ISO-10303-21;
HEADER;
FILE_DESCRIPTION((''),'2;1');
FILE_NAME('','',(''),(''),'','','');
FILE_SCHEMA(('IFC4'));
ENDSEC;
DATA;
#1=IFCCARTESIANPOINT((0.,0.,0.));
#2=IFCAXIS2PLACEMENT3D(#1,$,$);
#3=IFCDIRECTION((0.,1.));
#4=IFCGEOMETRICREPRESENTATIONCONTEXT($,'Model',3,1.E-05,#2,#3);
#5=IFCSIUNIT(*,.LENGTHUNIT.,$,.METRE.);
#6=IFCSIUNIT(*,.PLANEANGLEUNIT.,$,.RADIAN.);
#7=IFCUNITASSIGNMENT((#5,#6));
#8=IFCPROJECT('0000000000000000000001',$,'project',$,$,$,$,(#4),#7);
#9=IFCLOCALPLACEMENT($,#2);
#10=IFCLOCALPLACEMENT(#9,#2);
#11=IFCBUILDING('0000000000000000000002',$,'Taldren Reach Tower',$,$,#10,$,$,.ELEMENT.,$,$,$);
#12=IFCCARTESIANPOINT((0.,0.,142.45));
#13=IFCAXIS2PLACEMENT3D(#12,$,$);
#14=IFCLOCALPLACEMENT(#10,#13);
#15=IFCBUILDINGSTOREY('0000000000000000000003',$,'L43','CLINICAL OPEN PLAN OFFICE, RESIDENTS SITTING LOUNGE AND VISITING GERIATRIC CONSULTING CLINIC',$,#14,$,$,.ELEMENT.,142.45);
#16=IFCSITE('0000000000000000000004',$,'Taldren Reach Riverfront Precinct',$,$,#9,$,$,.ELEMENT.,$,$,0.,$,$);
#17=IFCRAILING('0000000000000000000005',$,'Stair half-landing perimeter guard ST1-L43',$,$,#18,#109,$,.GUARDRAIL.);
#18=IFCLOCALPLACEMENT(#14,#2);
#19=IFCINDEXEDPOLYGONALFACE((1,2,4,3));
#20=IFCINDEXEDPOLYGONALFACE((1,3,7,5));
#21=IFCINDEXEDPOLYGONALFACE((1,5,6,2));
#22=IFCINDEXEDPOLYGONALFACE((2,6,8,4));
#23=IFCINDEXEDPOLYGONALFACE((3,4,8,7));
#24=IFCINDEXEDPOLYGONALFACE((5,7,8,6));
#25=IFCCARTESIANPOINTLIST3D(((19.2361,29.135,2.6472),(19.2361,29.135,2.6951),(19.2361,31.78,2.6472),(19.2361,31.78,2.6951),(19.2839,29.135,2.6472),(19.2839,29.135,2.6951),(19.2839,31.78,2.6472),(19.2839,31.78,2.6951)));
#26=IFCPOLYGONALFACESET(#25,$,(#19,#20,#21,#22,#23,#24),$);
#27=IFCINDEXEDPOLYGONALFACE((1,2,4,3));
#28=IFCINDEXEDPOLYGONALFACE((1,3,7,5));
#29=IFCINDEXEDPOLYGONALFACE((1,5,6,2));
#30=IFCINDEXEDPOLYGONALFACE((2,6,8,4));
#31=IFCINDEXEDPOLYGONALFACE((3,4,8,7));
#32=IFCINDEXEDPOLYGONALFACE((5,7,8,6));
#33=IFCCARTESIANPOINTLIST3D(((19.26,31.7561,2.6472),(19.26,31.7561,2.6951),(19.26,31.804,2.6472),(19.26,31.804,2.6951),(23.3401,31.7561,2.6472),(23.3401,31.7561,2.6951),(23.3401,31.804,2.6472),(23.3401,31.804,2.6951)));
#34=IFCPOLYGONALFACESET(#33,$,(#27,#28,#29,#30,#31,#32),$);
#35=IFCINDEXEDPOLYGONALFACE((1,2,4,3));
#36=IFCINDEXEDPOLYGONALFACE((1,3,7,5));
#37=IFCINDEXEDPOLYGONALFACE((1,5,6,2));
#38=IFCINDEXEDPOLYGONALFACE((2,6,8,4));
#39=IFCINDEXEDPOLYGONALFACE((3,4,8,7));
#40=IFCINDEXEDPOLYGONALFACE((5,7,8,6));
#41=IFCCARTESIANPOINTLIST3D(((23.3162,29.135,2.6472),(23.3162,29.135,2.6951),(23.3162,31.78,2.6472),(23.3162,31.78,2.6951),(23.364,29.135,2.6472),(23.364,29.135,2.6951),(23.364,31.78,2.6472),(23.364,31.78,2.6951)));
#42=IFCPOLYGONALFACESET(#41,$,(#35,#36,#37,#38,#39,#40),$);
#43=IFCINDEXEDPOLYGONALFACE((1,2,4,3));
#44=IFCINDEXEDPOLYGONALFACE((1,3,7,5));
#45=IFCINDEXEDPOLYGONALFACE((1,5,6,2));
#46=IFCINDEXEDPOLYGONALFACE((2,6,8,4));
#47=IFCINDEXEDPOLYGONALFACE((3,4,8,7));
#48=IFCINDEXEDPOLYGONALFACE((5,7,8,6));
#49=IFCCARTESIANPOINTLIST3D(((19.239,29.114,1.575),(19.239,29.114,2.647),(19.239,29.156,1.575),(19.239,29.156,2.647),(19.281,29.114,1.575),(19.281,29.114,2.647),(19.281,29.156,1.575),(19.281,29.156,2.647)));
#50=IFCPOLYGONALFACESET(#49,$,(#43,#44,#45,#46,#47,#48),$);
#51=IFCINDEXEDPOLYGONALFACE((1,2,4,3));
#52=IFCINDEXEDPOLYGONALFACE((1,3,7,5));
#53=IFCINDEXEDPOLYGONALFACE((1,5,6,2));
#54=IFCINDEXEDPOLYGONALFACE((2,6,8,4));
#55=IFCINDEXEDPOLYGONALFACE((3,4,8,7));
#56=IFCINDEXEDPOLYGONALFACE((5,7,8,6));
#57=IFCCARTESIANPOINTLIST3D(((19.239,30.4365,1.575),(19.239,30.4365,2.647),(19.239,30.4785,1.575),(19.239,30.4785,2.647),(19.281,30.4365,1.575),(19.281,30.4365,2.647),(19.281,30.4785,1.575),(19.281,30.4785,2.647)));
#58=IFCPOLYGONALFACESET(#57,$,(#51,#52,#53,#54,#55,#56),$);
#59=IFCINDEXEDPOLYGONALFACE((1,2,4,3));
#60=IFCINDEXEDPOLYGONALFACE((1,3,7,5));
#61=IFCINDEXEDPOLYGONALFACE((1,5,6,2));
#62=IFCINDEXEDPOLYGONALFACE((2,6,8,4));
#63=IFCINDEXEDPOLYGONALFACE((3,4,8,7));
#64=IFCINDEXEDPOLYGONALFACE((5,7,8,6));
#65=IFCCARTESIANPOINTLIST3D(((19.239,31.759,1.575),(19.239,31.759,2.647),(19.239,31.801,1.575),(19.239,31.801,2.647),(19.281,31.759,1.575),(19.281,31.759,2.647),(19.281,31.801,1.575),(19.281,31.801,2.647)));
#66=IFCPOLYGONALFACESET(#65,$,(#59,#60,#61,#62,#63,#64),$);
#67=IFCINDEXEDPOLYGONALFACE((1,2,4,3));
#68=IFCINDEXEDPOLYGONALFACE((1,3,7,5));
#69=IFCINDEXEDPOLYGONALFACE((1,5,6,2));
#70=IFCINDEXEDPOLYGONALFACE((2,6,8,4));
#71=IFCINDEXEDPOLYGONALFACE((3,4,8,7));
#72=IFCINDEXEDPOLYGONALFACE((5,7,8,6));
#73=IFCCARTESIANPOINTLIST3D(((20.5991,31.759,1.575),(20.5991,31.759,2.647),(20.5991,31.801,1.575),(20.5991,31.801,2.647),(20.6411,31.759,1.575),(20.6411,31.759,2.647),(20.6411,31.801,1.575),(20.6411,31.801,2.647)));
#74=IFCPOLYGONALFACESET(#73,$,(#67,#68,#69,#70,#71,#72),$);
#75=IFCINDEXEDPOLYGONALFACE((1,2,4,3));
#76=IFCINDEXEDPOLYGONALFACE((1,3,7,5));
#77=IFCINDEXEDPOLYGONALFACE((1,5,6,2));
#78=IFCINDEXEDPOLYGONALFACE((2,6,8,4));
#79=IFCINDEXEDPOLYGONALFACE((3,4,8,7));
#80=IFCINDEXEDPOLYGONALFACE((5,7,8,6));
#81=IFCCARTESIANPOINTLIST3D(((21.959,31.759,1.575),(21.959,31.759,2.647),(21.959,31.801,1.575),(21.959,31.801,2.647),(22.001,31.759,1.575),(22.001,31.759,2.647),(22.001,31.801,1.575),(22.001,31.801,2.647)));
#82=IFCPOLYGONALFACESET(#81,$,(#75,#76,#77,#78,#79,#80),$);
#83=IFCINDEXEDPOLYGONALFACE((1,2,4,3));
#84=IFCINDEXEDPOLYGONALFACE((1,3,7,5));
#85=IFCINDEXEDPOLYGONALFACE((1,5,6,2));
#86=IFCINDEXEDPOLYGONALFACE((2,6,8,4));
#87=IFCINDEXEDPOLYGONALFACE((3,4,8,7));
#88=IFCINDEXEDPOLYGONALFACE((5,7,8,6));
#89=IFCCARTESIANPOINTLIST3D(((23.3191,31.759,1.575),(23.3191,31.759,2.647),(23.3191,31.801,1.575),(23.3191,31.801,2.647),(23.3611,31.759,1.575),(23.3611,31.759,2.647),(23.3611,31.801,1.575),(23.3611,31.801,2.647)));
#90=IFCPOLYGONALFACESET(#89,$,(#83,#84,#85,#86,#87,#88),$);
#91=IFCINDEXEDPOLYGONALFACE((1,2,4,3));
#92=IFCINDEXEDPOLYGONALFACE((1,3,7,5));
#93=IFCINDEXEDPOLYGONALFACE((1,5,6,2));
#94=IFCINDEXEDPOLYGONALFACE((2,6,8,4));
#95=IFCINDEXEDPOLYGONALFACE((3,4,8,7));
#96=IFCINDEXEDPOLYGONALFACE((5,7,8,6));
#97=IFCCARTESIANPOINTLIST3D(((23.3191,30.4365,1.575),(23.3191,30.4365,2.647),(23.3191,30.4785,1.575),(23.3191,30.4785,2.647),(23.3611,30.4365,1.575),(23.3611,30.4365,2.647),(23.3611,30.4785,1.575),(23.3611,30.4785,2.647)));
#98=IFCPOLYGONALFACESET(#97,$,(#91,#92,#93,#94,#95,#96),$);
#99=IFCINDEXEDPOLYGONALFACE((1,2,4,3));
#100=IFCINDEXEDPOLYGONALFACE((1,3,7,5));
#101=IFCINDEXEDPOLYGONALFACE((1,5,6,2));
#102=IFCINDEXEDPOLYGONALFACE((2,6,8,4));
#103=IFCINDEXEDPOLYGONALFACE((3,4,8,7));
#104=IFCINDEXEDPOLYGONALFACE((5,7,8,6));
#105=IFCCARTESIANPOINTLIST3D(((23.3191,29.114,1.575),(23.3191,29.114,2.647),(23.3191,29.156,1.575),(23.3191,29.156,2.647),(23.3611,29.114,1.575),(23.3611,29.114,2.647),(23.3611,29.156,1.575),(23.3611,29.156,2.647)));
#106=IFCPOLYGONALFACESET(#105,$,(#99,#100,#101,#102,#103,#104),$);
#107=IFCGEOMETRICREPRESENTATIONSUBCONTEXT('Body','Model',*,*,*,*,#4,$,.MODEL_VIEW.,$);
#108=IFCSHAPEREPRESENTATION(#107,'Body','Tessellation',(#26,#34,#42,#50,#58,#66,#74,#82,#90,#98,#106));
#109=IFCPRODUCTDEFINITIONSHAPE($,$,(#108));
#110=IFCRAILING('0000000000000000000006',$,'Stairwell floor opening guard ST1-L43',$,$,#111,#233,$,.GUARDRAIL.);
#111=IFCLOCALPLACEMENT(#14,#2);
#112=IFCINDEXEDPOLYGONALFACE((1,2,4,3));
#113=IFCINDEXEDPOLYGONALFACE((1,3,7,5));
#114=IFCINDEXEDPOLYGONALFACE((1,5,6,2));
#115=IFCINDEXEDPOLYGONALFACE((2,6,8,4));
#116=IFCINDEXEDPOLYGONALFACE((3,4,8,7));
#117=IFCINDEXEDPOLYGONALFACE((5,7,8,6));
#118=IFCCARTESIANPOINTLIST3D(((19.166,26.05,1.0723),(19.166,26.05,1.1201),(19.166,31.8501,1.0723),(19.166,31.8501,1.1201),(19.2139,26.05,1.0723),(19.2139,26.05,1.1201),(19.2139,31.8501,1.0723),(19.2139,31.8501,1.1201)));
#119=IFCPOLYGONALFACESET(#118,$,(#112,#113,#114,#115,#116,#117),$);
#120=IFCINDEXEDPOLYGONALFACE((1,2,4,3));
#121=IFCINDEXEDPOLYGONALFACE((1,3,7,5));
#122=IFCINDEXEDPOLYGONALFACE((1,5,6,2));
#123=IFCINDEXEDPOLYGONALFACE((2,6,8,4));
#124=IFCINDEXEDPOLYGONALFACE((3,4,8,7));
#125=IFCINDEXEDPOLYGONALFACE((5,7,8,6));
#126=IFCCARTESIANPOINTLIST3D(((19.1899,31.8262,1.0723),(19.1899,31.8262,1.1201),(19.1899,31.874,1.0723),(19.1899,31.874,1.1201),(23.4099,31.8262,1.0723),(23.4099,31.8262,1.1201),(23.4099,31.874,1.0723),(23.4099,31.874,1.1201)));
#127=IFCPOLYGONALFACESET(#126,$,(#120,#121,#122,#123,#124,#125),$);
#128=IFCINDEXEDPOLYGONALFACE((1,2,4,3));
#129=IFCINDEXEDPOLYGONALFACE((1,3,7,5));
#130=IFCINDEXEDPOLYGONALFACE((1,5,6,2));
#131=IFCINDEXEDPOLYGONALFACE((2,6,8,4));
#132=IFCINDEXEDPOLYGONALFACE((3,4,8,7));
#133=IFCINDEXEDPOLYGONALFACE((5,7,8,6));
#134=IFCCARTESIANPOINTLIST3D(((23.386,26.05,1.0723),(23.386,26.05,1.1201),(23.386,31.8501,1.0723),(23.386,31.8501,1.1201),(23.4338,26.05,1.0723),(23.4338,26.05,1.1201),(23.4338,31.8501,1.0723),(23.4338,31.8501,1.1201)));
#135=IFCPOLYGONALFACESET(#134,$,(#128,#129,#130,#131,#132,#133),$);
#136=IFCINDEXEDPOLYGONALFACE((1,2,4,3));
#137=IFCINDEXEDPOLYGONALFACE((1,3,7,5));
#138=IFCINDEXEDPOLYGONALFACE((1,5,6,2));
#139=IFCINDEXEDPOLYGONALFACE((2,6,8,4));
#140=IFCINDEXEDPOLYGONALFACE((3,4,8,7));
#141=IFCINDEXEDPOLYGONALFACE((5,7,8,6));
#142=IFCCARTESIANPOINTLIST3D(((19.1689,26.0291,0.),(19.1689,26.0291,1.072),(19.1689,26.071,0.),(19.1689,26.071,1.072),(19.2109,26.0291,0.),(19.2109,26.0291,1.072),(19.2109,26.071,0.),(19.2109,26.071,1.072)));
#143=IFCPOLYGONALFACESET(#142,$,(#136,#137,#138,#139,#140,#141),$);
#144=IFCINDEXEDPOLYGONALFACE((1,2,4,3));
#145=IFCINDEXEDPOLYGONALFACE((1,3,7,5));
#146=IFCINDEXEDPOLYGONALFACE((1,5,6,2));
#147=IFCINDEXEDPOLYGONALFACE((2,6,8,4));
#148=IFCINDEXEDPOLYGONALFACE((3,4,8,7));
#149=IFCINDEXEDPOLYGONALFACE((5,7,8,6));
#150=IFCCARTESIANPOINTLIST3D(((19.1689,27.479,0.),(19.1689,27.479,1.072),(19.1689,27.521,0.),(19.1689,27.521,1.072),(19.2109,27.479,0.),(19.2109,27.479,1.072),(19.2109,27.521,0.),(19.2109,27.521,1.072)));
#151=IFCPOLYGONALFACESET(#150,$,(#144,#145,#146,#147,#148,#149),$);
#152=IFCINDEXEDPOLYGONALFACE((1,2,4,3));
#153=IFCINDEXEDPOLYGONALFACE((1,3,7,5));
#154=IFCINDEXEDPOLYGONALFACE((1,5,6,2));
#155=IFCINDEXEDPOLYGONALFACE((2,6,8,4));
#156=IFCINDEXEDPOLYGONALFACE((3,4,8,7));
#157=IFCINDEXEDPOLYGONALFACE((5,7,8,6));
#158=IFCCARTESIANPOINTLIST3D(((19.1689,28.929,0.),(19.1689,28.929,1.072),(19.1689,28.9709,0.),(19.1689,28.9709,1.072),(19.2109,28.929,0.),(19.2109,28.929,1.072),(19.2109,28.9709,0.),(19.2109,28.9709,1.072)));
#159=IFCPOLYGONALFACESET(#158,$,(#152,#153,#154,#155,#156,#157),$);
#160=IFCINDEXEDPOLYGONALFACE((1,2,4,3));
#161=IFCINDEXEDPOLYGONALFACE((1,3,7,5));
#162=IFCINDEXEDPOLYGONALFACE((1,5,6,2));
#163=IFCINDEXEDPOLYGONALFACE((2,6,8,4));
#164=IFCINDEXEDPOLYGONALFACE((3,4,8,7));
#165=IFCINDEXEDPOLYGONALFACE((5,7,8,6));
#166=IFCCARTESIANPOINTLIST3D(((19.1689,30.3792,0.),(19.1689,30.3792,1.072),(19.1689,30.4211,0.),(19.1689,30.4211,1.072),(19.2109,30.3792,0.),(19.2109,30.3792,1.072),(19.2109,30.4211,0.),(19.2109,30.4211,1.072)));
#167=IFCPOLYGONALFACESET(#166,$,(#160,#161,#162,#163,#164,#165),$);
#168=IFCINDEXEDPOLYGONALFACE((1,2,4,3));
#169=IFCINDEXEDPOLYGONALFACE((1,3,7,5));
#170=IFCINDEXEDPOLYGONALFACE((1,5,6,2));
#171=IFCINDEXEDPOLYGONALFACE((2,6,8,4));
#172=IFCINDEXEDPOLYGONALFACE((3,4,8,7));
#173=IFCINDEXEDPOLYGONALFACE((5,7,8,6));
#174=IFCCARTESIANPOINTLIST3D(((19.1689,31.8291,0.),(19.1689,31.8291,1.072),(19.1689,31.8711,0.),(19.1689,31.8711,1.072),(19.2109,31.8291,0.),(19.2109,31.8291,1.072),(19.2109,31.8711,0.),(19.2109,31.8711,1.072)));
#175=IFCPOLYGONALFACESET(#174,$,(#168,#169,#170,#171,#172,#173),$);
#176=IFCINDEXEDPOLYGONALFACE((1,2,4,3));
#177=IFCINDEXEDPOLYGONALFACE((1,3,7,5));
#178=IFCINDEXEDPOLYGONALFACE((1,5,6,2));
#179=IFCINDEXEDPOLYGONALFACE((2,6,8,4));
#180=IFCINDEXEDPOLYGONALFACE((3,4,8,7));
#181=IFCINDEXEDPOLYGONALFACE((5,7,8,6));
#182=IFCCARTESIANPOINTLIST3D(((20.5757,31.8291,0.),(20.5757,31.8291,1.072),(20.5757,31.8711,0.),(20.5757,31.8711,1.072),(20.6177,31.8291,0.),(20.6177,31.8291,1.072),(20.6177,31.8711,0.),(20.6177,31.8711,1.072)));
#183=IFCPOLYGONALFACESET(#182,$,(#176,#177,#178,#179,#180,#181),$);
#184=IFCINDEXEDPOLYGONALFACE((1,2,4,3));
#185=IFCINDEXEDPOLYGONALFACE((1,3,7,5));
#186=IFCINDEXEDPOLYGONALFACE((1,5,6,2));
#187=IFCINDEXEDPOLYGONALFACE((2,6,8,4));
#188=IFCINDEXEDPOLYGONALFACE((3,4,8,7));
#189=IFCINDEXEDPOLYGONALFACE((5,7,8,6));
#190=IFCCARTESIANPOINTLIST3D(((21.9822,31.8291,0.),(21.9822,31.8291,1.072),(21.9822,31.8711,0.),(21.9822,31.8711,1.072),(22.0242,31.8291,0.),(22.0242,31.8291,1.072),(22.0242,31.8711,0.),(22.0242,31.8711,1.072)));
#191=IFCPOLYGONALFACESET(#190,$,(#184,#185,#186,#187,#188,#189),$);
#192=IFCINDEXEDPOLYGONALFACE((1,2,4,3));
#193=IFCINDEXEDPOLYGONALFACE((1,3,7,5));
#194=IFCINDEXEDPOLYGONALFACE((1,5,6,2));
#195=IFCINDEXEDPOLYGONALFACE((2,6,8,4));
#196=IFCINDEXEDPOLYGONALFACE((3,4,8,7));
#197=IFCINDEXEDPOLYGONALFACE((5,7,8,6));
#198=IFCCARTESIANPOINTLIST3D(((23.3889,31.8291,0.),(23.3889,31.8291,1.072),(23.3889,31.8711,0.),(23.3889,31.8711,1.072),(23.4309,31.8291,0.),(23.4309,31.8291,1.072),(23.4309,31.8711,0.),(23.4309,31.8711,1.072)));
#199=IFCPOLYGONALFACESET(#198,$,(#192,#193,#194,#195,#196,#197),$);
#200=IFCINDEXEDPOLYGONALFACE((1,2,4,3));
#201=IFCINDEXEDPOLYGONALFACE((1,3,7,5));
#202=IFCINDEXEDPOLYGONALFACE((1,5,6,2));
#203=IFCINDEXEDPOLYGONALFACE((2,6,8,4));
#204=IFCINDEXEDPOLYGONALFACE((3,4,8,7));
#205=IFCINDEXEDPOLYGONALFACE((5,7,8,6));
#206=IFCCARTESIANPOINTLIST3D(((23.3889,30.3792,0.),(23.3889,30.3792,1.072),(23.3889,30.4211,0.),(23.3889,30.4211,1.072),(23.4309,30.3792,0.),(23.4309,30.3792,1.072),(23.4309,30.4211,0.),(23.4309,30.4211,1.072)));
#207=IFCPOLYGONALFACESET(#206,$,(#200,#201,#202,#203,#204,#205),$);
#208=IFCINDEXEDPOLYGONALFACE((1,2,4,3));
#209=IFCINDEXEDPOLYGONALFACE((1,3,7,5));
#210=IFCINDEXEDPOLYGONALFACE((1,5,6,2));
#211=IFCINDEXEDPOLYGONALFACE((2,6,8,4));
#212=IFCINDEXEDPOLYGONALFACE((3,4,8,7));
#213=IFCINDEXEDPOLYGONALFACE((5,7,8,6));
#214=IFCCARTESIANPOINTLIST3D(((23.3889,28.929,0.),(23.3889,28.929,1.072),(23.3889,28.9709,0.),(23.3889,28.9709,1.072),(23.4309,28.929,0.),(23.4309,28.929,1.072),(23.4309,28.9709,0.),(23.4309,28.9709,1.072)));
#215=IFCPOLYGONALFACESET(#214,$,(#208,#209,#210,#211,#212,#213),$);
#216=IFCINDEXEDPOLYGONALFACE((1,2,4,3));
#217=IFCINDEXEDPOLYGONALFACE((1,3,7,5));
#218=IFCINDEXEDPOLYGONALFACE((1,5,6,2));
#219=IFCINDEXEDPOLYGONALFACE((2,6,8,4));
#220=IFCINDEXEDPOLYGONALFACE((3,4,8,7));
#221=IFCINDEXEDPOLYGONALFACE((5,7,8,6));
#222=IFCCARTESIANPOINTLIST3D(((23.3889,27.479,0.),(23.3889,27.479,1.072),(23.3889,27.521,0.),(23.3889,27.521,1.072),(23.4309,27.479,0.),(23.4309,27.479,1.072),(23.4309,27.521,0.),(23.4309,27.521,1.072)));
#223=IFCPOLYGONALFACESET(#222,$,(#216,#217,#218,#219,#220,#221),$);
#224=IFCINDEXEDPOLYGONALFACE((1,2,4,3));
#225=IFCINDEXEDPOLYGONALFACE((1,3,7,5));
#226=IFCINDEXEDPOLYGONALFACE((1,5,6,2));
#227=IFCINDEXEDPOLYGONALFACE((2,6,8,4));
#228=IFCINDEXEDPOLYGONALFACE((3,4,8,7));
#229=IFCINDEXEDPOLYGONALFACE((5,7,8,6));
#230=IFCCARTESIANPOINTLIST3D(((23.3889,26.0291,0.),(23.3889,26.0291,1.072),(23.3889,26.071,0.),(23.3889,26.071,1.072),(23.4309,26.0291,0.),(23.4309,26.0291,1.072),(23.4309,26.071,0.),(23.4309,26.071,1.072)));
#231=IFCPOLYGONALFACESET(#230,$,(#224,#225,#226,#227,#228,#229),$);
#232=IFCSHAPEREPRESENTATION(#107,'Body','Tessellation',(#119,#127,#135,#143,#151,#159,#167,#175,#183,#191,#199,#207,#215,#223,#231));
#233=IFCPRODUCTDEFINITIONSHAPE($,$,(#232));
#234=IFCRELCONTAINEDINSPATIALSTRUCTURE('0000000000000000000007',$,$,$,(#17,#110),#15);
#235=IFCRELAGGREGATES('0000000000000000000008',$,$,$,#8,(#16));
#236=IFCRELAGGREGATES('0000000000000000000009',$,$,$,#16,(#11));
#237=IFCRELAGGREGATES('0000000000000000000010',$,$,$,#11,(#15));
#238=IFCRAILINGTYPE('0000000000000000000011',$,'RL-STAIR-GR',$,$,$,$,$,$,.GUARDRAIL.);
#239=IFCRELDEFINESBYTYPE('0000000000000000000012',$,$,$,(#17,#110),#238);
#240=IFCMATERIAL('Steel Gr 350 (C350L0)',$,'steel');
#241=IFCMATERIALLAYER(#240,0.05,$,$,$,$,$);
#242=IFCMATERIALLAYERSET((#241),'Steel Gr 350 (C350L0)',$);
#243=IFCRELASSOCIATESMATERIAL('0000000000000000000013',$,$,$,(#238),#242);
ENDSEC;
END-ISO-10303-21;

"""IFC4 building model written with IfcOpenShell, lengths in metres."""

from ifc_helpers import new_model, si_unit, direction, frame, origin, origin_2d, place, context, subcontext, project, spatial, rectangle, extrude, material, layer, layer_set, type_object, element, save


model = new_model("IFC4")

# Units and contexts
model_context = context("Model", 3, precision=1e-05, world=origin(), true_north=direction((0.0, 1.0)))
body_context = subcontext(model_context, "Body", "Model", "MODEL_VIEW")
ifc_project = project(units=[si_unit("LENGTHUNIT", "METRE"), si_unit("PLANEANGLEUNIT", "RADIAN")], contexts=[model_context])

# Site, building, storey
site_placement = place(None, origin())
site = spatial("IfcSite", under=ifc_project, at=site_placement, Name="Taldren Reach Riverfront Precinct", CompositionType="ELEMENT", RefElevation=0.0)
building_placement = place(site_placement, origin())
building = spatial("IfcBuilding", under=site, at=building_placement, Name="Taldren Reach Tower", CompositionType="ELEMENT")
storey_placement = place(building_placement, frame((0.0, 0.0, 142.45)))
storey = spatial("IfcBuildingStorey", under=building, at=storey_placement, Name="L43", Description="CLINICAL OPEN PLAN OFFICE, RESIDENTS SITTING LOUNGE AND VISITING GERIATRIC CONSULTING CLINIC", CompositionType="ELEMENT", Elevation=142.45)

# Shared definitions
ifc_material_1 = material(Name="Steel Gr 350 (C350L0)", Category="steel")

# Railings
ifc_layer_1 = layer(ifc_material_1, 0.05)
ifc_layer_set_1 = layer_set([ifc_layer_1], Name="Steel Gr 350 (C350L0)")
railing_type_1 = type_object("IfcRailingType", Name="RL-STAIR-GR", PredefinedType="GUARDRAIL", material=ifc_layer_set_1)
railing_1_placement = place(storey_placement, frame((19.26, 29.135, 1.575)))
element("IfcRailing", 1, at=railing_1_placement, inside=storey, type_object=railing_type_1, Name="Stair half-landing perimeter guard ST1-L43", PredefinedType="GUARDRAIL", context=body_context, shape_type="SweptSolid", body=[
    extrude(rectangle(XDim=0.0479, YDim=0.0479, at=origin_2d()), frame((0.0, 0.0, 1.0962), z_axis=(0.0, 1.0, 0.0), x_axis=(-1.0, 0.0, 0.0)), (0.0, 0.0, 1.0), 2.645),
    extrude(rectangle(XDim=0.0479, YDim=0.0479, at=origin_2d()), frame((0.0, 2.645, 1.0962), z_axis=(1.0, 0.0, 0.0), x_axis=(0.0, 1.0, 0.0)), (0.0, 0.0, 1.0), 4.0801),
    extrude(rectangle(XDim=0.0479, YDim=0.0479, at=origin_2d()), frame((4.0801, 2.645, 1.0962), z_axis=(0.0, -1.0, 0.0), x_axis=(1.0, 0.0, 0.0)), (0.0, 0.0, 1.0), 2.645),
    extrude(rectangle(XDim=0.042, YDim=0.042, at=origin_2d()), origin(), (0.0, 0.0, 1.0), 1.072),
    extrude(rectangle(XDim=0.042, YDim=0.042, at=origin_2d()), frame((0.0, 1.3225, 0.0)), (0.0, 0.0, 1.0), 1.072),
    extrude(rectangle(XDim=0.042, YDim=0.042, at=origin_2d()), frame((0.0, 2.645, 0.0)), (0.0, 0.0, 1.0), 1.072),
    extrude(rectangle(XDim=0.042, YDim=0.042, at=origin_2d()), frame((1.3601, 2.645, 0.0)), (0.0, 0.0, 1.0), 1.072),
    extrude(rectangle(XDim=0.042, YDim=0.042, at=origin_2d()), frame((2.72, 2.645, 0.0)), (0.0, 0.0, 1.0), 1.072),
    extrude(rectangle(XDim=0.042, YDim=0.042, at=origin_2d()), frame((4.0801, 2.645, 0.0)), (0.0, 0.0, 1.0), 1.072),
    extrude(rectangle(XDim=0.042, YDim=0.042, at=origin_2d()), frame((4.0801, 1.3225, 0.0)), (0.0, 0.0, 1.0), 1.072),
    extrude(rectangle(XDim=0.042, YDim=0.042, at=origin_2d()), frame((4.0801, 0.0, 0.0)), (0.0, 0.0, 1.0), 1.072),
])
railing_2_placement = place(storey_placement, frame((19.1899, 26.05, 0.0)))
element("IfcRailing", 2, at=railing_2_placement, inside=storey, type_object=railing_type_1, Name="Stairwell floor opening guard ST1-L43", PredefinedType="GUARDRAIL", context=body_context, shape_type="SweptSolid", body=[
    extrude(rectangle(XDim=0.0479, YDim=0.0479, at=origin_2d()), frame((0.0, 0.0, 1.0962), z_axis=(0.0, 1.0, 0.0), x_axis=(-1.0, 0.0, 0.0)), (0.0, 0.0, 1.0), 5.8),
    extrude(rectangle(XDim=0.0479, YDim=0.0479, at=origin_2d()), frame((0.0, 5.8, 1.0962), z_axis=(1.0, 0.0, 0.0), x_axis=(0.0, 1.0, 0.0)), (0.0, 0.0, 1.0), 4.22),
    extrude(rectangle(XDim=0.0479, YDim=0.0479, at=origin_2d()), frame((4.22, 5.8, 1.0962), z_axis=(0.0, -1.0, 0.0), x_axis=(1.0, 0.0, 0.0)), (0.0, 0.0, 1.0), 5.8),
    extrude(rectangle(XDim=0.042, YDim=0.042, at=origin_2d()), origin(), (0.0, 0.0, 1.0), 1.072),
    extrude(rectangle(XDim=0.042, YDim=0.042, at=origin_2d()), frame((0.0, 1.45, 0.0)), (0.0, 0.0, 1.0), 1.072),
    extrude(rectangle(XDim=0.042, YDim=0.042, at=origin_2d()), frame((0.0, 2.8999, 0.0)), (0.0, 0.0, 1.0), 1.072),
    extrude(rectangle(XDim=0.042, YDim=0.042, at=origin_2d()), frame((0.0, 4.3501, 0.0)), (0.0, 0.0, 1.0), 1.072),
    extrude(rectangle(XDim=0.042, YDim=0.042, at=origin_2d()), frame((0.0, 5.8, 0.0)), (0.0, 0.0, 1.0), 1.072),
    extrude(rectangle(XDim=0.042, YDim=0.042, at=origin_2d()), frame((1.4067, 5.8, 0.0)), (0.0, 0.0, 1.0), 1.072),
    extrude(rectangle(XDim=0.042, YDim=0.042, at=origin_2d()), frame((2.8132, 5.8, 0.0)), (0.0, 0.0, 1.0), 1.072),
    extrude(rectangle(XDim=0.042, YDim=0.042, at=origin_2d()), frame((4.22, 5.8, 0.0)), (0.0, 0.0, 1.0), 1.072),
    extrude(rectangle(XDim=0.042, YDim=0.042, at=origin_2d()), frame((4.22, 4.3501, 0.0)), (0.0, 0.0, 1.0), 1.072),
    extrude(rectangle(XDim=0.042, YDim=0.042, at=origin_2d()), frame((4.22, 2.8999, 0.0)), (0.0, 0.0, 1.0), 1.072),
    extrude(rectangle(XDim=0.042, YDim=0.042, at=origin_2d()), frame((4.22, 1.45, 0.0)), (0.0, 0.0, 1.0), 1.072),
    extrude(rectangle(XDim=0.042, YDim=0.042, at=origin_2d()), frame((4.22, 0.0, 0.0)), (0.0, 0.0, 1.0), 1.072),
])

save(model, "model.ifc")
